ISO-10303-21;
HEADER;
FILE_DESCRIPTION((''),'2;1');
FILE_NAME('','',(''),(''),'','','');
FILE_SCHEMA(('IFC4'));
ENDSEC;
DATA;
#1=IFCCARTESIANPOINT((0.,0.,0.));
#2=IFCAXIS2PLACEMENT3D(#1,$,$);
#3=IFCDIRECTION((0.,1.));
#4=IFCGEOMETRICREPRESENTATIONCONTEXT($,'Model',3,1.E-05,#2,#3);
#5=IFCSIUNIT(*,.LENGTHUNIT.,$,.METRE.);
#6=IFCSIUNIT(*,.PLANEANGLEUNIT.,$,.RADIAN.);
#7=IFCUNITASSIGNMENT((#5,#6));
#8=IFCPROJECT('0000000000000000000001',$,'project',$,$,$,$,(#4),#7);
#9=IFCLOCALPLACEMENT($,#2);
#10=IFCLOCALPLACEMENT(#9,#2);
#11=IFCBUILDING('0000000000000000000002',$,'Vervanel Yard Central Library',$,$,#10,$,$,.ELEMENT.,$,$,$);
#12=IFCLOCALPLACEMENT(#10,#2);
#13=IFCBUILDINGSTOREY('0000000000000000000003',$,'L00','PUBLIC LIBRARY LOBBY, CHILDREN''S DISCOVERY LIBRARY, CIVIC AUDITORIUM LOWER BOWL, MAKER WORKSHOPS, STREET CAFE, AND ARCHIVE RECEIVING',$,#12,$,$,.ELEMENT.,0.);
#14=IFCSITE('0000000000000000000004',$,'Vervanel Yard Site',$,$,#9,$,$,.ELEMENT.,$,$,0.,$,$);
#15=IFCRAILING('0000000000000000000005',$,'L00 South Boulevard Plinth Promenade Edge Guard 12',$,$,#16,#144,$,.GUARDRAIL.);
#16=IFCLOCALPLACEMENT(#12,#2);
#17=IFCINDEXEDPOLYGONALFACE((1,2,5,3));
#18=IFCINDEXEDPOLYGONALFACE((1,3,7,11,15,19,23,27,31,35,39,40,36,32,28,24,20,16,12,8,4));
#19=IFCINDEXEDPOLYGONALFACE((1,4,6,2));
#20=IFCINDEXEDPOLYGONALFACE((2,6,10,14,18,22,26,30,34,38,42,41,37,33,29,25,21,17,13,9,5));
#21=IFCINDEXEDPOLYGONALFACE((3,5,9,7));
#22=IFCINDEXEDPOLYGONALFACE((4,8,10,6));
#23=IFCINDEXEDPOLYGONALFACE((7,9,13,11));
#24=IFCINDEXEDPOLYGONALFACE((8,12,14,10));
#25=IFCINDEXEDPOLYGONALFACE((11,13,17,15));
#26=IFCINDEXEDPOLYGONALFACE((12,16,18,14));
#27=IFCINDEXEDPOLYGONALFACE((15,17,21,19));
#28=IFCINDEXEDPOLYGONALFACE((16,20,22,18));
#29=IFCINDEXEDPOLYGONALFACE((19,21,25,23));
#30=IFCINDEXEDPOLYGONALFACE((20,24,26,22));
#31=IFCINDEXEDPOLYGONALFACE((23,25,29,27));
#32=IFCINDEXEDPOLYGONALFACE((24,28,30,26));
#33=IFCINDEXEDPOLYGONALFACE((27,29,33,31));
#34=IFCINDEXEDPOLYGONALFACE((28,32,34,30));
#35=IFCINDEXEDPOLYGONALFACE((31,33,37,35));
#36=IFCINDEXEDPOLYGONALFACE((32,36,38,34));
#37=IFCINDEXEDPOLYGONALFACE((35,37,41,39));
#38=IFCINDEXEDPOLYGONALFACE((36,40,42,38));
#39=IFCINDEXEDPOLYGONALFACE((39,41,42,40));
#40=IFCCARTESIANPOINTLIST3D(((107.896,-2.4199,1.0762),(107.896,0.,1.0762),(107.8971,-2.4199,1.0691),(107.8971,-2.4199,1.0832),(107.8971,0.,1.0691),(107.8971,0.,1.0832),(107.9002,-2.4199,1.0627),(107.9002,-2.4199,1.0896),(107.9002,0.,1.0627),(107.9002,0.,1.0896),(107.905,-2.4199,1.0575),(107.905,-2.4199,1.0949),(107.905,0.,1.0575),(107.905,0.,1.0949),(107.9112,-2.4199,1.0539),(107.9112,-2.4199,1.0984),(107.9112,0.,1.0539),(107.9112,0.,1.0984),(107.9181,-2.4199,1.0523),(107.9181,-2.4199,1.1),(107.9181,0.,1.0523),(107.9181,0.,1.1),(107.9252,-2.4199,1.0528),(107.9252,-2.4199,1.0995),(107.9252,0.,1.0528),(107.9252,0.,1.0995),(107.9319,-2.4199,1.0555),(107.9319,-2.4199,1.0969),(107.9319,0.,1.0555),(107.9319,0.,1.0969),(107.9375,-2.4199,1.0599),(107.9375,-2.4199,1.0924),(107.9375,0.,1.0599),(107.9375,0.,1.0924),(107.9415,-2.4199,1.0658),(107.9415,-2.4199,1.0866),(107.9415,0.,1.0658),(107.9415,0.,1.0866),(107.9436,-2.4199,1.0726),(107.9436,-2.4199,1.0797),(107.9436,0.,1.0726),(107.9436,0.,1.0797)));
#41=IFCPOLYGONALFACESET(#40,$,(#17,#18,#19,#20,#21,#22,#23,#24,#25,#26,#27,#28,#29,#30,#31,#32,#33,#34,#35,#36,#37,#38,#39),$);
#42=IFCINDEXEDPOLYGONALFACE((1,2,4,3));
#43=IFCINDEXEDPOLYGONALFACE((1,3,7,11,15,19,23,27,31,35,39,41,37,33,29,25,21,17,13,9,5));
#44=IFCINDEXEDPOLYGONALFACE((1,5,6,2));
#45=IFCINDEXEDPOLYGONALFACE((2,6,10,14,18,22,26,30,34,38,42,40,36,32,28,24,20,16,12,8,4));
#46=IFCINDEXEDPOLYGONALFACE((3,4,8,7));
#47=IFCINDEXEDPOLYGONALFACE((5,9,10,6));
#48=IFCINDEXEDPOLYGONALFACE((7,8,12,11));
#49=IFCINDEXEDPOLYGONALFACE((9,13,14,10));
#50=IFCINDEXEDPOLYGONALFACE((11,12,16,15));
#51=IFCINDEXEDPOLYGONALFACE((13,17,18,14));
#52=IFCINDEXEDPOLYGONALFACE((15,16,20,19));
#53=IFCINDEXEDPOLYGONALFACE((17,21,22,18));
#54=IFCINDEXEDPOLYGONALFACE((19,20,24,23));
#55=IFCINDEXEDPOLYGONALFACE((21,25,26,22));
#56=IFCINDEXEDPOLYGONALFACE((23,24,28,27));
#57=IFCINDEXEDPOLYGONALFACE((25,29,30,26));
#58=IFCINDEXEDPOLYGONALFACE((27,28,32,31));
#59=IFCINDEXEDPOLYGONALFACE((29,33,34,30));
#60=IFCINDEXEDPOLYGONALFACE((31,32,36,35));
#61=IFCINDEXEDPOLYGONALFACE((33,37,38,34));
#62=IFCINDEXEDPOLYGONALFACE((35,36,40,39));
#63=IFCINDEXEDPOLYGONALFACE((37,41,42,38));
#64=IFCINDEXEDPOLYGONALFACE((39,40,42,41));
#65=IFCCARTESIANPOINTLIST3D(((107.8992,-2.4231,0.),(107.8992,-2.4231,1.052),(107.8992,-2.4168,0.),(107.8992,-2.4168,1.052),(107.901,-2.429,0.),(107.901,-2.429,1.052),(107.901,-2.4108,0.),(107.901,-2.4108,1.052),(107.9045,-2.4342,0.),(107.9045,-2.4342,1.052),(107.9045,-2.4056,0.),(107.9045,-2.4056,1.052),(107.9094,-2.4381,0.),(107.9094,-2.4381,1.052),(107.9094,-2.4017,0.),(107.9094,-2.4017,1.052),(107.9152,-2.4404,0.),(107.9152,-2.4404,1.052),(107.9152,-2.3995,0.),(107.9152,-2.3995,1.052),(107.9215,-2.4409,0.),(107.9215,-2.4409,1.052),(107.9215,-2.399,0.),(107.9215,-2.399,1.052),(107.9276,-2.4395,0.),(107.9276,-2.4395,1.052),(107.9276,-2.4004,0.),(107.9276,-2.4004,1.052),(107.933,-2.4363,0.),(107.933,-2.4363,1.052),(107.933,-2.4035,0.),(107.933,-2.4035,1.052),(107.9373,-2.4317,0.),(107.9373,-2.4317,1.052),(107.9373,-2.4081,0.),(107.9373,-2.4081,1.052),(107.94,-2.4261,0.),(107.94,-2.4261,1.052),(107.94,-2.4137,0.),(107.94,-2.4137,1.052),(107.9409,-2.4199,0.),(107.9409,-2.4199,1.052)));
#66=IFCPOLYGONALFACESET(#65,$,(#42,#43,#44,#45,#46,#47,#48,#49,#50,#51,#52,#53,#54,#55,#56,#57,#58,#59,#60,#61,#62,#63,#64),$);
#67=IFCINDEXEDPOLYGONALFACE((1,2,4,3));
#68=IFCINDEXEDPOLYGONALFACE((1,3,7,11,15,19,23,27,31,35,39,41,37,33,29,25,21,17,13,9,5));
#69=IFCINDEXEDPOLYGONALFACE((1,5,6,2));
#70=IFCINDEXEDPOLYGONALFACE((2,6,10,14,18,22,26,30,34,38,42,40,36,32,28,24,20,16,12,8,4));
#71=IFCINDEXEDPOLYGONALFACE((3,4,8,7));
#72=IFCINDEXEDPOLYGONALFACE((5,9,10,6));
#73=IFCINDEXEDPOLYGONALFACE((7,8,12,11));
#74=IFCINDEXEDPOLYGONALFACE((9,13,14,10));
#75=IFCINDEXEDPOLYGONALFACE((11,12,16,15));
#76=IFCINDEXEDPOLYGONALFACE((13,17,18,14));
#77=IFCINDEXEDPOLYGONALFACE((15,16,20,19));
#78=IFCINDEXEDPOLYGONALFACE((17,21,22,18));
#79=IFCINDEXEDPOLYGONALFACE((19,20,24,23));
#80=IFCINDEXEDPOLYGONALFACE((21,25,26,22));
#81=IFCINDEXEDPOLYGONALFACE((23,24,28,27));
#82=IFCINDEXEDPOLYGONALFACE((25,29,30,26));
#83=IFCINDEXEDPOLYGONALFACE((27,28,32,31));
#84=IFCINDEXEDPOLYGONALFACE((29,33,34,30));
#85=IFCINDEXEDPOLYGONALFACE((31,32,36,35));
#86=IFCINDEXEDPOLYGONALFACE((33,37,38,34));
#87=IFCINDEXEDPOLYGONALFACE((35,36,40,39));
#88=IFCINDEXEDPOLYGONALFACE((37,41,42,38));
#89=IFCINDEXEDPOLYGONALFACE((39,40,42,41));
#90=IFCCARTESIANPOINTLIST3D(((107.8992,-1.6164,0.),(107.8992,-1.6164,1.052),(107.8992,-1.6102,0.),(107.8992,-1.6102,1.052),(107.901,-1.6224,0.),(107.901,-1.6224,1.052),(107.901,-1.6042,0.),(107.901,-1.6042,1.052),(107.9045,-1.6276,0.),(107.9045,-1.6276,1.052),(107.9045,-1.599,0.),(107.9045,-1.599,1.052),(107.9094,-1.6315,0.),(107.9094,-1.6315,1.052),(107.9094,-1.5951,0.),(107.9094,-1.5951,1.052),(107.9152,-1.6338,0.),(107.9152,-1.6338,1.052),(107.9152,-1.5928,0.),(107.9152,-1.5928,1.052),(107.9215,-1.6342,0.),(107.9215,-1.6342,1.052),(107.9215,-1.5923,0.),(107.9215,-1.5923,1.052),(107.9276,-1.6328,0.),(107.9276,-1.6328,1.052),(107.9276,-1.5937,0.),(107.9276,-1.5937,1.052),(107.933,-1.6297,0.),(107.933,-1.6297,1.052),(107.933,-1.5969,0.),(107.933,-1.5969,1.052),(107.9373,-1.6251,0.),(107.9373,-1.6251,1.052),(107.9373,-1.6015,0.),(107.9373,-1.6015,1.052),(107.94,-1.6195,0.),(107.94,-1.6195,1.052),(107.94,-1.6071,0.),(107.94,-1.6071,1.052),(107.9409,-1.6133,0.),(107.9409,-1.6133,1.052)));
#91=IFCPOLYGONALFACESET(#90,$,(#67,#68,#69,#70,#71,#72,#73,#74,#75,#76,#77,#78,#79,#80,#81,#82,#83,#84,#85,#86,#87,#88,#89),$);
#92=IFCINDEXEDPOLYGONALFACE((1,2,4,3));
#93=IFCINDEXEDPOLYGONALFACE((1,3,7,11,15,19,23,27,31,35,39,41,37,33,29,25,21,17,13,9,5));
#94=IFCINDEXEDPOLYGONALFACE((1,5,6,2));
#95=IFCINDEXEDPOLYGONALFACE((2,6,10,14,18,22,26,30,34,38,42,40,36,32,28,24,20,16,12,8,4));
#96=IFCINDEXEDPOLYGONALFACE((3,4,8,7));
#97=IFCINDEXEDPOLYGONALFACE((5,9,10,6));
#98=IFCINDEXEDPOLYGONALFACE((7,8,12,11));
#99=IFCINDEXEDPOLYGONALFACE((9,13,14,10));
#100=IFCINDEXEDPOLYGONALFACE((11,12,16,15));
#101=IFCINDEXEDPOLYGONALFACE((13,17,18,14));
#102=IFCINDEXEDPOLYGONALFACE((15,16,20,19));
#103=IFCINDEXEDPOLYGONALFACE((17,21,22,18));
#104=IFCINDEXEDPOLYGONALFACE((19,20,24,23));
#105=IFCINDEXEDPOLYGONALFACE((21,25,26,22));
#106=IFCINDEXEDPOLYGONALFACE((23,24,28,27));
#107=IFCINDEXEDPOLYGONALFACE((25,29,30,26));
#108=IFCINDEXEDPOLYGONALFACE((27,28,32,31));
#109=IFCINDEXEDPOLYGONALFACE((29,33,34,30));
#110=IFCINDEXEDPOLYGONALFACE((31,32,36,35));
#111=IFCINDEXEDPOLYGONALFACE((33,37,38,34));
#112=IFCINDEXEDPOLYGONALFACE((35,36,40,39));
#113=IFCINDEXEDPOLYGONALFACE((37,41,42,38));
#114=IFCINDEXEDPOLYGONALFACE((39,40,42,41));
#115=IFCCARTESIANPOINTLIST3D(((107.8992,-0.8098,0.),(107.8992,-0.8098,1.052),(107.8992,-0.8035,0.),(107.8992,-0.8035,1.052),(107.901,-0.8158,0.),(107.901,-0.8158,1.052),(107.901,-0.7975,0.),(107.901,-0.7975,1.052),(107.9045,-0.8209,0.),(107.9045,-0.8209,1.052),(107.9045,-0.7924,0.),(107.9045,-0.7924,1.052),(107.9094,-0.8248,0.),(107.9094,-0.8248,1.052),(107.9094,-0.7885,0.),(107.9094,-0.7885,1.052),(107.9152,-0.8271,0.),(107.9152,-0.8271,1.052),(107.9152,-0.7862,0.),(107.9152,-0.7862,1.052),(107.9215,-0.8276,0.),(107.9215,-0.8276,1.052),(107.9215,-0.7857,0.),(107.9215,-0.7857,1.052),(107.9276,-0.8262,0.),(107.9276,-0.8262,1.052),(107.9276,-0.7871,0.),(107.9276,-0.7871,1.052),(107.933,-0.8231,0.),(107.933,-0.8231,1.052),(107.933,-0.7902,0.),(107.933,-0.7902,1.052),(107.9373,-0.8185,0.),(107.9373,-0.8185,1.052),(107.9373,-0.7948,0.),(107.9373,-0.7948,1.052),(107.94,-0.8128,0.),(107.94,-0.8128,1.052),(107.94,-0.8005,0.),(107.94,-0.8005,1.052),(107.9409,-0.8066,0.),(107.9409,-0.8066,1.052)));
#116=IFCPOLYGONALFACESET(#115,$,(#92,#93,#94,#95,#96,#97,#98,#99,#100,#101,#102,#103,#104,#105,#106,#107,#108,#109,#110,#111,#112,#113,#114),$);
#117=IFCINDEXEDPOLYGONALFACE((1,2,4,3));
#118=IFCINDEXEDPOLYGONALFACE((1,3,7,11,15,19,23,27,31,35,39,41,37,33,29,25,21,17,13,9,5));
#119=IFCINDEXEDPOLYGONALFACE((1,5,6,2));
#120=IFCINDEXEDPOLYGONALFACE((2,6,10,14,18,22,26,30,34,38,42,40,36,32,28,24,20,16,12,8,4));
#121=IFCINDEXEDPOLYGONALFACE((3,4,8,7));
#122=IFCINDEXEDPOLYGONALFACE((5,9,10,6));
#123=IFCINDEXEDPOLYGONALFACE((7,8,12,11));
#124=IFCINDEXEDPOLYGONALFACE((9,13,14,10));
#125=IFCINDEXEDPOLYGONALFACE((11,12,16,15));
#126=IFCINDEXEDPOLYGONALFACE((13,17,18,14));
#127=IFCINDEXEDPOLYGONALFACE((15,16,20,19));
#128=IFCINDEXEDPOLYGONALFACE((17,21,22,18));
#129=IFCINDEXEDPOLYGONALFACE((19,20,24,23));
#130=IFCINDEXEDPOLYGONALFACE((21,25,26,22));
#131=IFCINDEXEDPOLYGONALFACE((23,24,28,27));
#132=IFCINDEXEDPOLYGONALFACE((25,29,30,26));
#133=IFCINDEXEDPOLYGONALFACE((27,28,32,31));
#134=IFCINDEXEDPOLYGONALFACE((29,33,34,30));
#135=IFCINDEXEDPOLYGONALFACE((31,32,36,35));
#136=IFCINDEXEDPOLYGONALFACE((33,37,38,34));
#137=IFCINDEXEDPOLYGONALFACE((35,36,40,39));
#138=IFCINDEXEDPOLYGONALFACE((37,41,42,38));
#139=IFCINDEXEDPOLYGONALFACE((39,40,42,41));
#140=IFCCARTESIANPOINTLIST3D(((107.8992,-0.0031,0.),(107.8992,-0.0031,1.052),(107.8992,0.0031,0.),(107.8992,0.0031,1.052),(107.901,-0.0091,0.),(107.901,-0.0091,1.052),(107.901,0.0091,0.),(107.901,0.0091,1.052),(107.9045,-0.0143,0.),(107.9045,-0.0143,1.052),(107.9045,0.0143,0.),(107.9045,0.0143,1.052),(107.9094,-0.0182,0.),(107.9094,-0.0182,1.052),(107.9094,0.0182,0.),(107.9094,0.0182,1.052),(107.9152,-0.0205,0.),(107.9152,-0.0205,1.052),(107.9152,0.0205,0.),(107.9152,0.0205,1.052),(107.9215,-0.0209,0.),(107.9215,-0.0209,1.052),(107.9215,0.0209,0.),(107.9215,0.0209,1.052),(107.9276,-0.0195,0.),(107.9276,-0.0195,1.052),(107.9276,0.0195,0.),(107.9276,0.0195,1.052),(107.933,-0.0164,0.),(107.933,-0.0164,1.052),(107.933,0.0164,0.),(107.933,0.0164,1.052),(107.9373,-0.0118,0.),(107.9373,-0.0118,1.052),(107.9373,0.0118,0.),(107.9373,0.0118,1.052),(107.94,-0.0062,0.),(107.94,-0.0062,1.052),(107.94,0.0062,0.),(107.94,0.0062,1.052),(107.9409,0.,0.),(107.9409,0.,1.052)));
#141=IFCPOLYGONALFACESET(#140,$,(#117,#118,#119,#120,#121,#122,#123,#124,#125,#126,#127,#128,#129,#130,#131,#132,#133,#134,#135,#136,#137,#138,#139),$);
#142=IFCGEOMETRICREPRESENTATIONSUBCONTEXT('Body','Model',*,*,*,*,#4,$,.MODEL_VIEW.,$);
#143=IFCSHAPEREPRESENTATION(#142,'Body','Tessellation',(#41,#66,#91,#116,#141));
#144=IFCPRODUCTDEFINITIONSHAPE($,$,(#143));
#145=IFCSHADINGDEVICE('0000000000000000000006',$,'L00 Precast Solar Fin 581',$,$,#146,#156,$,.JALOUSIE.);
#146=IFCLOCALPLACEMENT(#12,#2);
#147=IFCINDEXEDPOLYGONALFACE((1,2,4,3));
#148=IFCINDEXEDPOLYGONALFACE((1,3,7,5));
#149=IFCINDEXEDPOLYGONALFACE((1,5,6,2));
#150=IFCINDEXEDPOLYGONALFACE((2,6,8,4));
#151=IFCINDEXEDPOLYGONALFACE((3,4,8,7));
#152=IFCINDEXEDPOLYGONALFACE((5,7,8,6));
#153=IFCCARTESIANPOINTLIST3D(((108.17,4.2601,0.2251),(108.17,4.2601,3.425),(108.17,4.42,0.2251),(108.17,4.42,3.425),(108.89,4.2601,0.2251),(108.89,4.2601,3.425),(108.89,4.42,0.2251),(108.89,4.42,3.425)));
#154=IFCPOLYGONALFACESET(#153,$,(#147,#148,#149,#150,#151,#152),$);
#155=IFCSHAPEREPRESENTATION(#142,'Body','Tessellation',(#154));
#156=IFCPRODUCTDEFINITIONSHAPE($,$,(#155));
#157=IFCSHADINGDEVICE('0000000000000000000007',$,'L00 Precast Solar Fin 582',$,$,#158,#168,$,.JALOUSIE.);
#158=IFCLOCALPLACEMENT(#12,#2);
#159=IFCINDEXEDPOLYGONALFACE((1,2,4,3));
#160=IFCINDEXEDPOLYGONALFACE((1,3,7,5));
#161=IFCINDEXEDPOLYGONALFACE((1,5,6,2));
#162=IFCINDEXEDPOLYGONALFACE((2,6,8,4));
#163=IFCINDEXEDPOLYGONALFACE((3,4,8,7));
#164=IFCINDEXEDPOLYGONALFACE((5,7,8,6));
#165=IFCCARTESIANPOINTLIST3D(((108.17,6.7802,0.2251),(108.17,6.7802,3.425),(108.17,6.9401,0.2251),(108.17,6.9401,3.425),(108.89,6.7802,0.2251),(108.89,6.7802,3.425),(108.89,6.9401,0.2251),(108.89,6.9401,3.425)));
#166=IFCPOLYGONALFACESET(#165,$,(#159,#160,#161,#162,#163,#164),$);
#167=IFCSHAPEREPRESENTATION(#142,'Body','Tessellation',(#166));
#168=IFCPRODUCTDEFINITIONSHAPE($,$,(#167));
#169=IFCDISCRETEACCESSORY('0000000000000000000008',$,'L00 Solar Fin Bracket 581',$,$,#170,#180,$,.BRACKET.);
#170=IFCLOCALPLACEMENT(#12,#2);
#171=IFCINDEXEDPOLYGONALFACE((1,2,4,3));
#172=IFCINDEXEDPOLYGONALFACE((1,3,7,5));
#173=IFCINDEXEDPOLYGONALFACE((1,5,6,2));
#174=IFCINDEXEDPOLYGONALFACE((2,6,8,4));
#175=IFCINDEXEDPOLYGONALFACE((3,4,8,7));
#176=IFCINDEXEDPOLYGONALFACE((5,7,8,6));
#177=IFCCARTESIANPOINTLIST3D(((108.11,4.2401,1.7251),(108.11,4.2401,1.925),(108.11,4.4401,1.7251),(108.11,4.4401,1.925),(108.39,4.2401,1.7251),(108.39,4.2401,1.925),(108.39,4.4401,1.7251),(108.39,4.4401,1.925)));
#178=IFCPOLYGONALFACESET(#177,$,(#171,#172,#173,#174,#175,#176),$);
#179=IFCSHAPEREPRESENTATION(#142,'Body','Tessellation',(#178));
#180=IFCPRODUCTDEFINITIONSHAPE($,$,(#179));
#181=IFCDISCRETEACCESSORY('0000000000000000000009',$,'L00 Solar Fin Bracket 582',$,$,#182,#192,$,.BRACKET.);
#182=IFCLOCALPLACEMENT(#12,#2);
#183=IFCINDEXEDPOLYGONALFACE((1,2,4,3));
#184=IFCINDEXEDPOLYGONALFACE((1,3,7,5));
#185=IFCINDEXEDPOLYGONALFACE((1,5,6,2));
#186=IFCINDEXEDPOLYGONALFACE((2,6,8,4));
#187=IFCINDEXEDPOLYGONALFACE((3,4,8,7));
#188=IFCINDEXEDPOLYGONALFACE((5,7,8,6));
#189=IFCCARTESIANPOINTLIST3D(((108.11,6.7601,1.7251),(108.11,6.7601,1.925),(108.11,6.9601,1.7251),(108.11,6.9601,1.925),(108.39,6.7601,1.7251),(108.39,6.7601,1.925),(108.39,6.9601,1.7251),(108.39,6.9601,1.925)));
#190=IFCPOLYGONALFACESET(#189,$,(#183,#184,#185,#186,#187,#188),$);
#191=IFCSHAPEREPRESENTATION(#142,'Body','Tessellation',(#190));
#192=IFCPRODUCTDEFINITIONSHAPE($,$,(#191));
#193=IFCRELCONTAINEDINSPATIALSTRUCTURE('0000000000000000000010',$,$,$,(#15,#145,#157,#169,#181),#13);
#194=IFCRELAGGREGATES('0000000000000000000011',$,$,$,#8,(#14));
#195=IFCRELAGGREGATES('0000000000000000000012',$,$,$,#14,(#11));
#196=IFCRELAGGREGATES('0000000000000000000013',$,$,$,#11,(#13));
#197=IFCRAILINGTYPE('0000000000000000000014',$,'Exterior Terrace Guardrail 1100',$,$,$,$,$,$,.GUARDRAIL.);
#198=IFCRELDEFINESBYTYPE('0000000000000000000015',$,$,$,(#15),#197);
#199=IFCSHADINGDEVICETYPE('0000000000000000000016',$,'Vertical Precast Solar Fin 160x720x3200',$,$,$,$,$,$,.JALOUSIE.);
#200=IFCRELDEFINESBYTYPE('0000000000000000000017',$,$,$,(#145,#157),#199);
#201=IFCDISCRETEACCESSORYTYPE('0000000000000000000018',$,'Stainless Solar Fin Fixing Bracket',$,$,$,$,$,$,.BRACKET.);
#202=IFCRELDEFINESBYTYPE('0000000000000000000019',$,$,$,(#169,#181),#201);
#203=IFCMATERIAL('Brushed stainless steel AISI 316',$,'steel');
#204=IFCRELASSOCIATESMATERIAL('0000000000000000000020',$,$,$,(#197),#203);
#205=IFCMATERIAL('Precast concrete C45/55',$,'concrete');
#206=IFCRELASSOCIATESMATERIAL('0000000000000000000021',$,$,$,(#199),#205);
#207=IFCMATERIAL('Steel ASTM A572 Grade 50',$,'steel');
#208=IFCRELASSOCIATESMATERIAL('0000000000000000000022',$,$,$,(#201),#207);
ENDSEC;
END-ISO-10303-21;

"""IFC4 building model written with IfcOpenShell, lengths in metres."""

from ifc_helpers import new_model, si_unit, direction, frame, origin, origin_2d, place, context, subcontext, project, spatial, rectangle, circle, extrude, material, type_object, element, save


model = new_model("IFC4")

# Units and contexts
model_context = context("Model", 3, precision=1e-05, world=origin(), true_north=direction((0.0, 1.0)))
body_context = subcontext(model_context, "Body", "Model", "MODEL_VIEW")
ifc_project = project(units=[si_unit("LENGTHUNIT", "METRE"), si_unit("PLANEANGLEUNIT", "RADIAN")], contexts=[model_context])

# Site, building, storey
site_placement = place(None, origin())
site = spatial("IfcSite", under=ifc_project, at=site_placement, Name="Vervanel Yard Site", CompositionType="ELEMENT", RefElevation=0.0)
building_placement = place(site_placement, origin())
building = spatial("IfcBuilding", under=site, at=building_placement, Name="Vervanel Yard Central Library", CompositionType="ELEMENT")
storey_placement = place(building_placement, origin())
storey = spatial("IfcBuildingStorey", under=building, at=storey_placement, Name="L00", Description="PUBLIC LIBRARY LOBBY, CHILDREN'S DISCOVERY LIBRARY, CIVIC AUDITORIUM LOWER BOWL, MAKER WORKSHOPS, STREET CAFE, AND ARCHIVE RECEIVING", CompositionType="ELEMENT", Elevation=0.0)

# Shared definitions
ifc_material_1 = material(Name="Steel ASTM A572 Grade 50", Category="steel")

# Shared definitions
ifc_material_2 = material(Name="Brushed stainless steel AISI 316", Category="steel")

# Shared definitions
ifc_material_3 = material(Name="Precast concrete C45/55", Category="concrete")

# Railing
railing_type_1 = type_object("IfcRailingType", Name="Exterior Terrace Guardrail 1100", PredefinedType="GUARDRAIL", material=ifc_material_2)
railing_1_placement = place(storey_placement, frame((107.9199, -2.4199, 0.0)))
element("IfcRailing", 1, at=railing_1_placement, inside=storey, type_object=railing_type_1, Name="L00 South Boulevard Plinth Promenade Edge Guard 12", PredefinedType="GUARDRAIL", context=body_context, shape_type="SweptSolid", body=[
    extrude(circle(Radius=0.0239, at=origin_2d()), frame((0.0, 0.0, 1.0762), z_axis=(0.0, 1.0, 0.0), x_axis=(-1.0, 0.0, 0.0)), (0.0, 0.0, 1.0), 2.4199),
    extrude(circle(Radius=0.021, at=origin_2d()), origin(), (0.0, 0.0, 1.0), 1.052),
    extrude(circle(Radius=0.021, at=origin_2d()), frame((0.0, 0.8066, 0.0)), (0.0, 0.0, 1.0), 1.052),
    extrude(circle(Radius=0.021, at=origin_2d()), frame((0.0, 1.6133, 0.0)), (0.0, 0.0, 1.0), 1.052),
    extrude(circle(Radius=0.021, at=origin_2d()), frame((0.0, 2.4199, 0.0)), (0.0, 0.0, 1.0), 1.052),
])

# Shading devices
shading_device_type = type_object("IfcShadingDeviceType", Name="Vertical Precast Solar Fin 160x720x3200", PredefinedType="JALOUSIE", material=ifc_material_3)
for number, where, z_axis, x_axis, name in (
    (2, (108.53, 4.3401, 0.2251), (0.0, 0.0, 1.0), (0.0, 1.0, 0.0), "L00 Precast Solar Fin 581"),
    (3, (108.53, 6.8601, 0.2251), (0.0, 0.0, 1.0), (0.0, 1.0, 0.0), "L00 Precast Solar Fin 582"),
):
    element("IfcShadingDevice", number, at=place(storey_placement, frame(where, z_axis=z_axis, x_axis=x_axis)), inside=storey, type_object=shading_device_type, Name=name, PredefinedType="JALOUSIE", context=body_context, shape_type="SweptSolid", body=[
        extrude(rectangle(XDim=0.1599, YDim=0.72, at=origin_2d()), origin(), (0.0, 0.0, 1.0), 3.2),
    ])

# Discrete accessories
discrete_accessory_type = type_object("IfcDiscreteAccessoryType", Name="Stainless Solar Fin Fixing Bracket", PredefinedType="BRACKET", material=ifc_material_1)
for number, where, z_axis, x_axis, name in (
    (4, (108.25, 4.3401, 1.7251), (0.0, 0.0, 1.0), (0.0, 1.0, 0.0), "L00 Solar Fin Bracket 581"),
    (5, (108.25, 6.8601, 1.7251), (0.0, 0.0, 1.0), (0.0, 1.0, 0.0), "L00 Solar Fin Bracket 582"),
):
    element("IfcDiscreteAccessory", number, at=place(storey_placement, frame(where, z_axis=z_axis, x_axis=x_axis)), inside=storey, type_object=discrete_accessory_type, Name=name, PredefinedType="BRACKET", context=body_context, shape_type="SweptSolid", body=[
        extrude(rectangle(XDim=0.2, YDim=0.28, at=origin_2d()), origin(), (0.0, 0.0, 1.0), 0.2),
    ])

save(model, "model.ifc")
